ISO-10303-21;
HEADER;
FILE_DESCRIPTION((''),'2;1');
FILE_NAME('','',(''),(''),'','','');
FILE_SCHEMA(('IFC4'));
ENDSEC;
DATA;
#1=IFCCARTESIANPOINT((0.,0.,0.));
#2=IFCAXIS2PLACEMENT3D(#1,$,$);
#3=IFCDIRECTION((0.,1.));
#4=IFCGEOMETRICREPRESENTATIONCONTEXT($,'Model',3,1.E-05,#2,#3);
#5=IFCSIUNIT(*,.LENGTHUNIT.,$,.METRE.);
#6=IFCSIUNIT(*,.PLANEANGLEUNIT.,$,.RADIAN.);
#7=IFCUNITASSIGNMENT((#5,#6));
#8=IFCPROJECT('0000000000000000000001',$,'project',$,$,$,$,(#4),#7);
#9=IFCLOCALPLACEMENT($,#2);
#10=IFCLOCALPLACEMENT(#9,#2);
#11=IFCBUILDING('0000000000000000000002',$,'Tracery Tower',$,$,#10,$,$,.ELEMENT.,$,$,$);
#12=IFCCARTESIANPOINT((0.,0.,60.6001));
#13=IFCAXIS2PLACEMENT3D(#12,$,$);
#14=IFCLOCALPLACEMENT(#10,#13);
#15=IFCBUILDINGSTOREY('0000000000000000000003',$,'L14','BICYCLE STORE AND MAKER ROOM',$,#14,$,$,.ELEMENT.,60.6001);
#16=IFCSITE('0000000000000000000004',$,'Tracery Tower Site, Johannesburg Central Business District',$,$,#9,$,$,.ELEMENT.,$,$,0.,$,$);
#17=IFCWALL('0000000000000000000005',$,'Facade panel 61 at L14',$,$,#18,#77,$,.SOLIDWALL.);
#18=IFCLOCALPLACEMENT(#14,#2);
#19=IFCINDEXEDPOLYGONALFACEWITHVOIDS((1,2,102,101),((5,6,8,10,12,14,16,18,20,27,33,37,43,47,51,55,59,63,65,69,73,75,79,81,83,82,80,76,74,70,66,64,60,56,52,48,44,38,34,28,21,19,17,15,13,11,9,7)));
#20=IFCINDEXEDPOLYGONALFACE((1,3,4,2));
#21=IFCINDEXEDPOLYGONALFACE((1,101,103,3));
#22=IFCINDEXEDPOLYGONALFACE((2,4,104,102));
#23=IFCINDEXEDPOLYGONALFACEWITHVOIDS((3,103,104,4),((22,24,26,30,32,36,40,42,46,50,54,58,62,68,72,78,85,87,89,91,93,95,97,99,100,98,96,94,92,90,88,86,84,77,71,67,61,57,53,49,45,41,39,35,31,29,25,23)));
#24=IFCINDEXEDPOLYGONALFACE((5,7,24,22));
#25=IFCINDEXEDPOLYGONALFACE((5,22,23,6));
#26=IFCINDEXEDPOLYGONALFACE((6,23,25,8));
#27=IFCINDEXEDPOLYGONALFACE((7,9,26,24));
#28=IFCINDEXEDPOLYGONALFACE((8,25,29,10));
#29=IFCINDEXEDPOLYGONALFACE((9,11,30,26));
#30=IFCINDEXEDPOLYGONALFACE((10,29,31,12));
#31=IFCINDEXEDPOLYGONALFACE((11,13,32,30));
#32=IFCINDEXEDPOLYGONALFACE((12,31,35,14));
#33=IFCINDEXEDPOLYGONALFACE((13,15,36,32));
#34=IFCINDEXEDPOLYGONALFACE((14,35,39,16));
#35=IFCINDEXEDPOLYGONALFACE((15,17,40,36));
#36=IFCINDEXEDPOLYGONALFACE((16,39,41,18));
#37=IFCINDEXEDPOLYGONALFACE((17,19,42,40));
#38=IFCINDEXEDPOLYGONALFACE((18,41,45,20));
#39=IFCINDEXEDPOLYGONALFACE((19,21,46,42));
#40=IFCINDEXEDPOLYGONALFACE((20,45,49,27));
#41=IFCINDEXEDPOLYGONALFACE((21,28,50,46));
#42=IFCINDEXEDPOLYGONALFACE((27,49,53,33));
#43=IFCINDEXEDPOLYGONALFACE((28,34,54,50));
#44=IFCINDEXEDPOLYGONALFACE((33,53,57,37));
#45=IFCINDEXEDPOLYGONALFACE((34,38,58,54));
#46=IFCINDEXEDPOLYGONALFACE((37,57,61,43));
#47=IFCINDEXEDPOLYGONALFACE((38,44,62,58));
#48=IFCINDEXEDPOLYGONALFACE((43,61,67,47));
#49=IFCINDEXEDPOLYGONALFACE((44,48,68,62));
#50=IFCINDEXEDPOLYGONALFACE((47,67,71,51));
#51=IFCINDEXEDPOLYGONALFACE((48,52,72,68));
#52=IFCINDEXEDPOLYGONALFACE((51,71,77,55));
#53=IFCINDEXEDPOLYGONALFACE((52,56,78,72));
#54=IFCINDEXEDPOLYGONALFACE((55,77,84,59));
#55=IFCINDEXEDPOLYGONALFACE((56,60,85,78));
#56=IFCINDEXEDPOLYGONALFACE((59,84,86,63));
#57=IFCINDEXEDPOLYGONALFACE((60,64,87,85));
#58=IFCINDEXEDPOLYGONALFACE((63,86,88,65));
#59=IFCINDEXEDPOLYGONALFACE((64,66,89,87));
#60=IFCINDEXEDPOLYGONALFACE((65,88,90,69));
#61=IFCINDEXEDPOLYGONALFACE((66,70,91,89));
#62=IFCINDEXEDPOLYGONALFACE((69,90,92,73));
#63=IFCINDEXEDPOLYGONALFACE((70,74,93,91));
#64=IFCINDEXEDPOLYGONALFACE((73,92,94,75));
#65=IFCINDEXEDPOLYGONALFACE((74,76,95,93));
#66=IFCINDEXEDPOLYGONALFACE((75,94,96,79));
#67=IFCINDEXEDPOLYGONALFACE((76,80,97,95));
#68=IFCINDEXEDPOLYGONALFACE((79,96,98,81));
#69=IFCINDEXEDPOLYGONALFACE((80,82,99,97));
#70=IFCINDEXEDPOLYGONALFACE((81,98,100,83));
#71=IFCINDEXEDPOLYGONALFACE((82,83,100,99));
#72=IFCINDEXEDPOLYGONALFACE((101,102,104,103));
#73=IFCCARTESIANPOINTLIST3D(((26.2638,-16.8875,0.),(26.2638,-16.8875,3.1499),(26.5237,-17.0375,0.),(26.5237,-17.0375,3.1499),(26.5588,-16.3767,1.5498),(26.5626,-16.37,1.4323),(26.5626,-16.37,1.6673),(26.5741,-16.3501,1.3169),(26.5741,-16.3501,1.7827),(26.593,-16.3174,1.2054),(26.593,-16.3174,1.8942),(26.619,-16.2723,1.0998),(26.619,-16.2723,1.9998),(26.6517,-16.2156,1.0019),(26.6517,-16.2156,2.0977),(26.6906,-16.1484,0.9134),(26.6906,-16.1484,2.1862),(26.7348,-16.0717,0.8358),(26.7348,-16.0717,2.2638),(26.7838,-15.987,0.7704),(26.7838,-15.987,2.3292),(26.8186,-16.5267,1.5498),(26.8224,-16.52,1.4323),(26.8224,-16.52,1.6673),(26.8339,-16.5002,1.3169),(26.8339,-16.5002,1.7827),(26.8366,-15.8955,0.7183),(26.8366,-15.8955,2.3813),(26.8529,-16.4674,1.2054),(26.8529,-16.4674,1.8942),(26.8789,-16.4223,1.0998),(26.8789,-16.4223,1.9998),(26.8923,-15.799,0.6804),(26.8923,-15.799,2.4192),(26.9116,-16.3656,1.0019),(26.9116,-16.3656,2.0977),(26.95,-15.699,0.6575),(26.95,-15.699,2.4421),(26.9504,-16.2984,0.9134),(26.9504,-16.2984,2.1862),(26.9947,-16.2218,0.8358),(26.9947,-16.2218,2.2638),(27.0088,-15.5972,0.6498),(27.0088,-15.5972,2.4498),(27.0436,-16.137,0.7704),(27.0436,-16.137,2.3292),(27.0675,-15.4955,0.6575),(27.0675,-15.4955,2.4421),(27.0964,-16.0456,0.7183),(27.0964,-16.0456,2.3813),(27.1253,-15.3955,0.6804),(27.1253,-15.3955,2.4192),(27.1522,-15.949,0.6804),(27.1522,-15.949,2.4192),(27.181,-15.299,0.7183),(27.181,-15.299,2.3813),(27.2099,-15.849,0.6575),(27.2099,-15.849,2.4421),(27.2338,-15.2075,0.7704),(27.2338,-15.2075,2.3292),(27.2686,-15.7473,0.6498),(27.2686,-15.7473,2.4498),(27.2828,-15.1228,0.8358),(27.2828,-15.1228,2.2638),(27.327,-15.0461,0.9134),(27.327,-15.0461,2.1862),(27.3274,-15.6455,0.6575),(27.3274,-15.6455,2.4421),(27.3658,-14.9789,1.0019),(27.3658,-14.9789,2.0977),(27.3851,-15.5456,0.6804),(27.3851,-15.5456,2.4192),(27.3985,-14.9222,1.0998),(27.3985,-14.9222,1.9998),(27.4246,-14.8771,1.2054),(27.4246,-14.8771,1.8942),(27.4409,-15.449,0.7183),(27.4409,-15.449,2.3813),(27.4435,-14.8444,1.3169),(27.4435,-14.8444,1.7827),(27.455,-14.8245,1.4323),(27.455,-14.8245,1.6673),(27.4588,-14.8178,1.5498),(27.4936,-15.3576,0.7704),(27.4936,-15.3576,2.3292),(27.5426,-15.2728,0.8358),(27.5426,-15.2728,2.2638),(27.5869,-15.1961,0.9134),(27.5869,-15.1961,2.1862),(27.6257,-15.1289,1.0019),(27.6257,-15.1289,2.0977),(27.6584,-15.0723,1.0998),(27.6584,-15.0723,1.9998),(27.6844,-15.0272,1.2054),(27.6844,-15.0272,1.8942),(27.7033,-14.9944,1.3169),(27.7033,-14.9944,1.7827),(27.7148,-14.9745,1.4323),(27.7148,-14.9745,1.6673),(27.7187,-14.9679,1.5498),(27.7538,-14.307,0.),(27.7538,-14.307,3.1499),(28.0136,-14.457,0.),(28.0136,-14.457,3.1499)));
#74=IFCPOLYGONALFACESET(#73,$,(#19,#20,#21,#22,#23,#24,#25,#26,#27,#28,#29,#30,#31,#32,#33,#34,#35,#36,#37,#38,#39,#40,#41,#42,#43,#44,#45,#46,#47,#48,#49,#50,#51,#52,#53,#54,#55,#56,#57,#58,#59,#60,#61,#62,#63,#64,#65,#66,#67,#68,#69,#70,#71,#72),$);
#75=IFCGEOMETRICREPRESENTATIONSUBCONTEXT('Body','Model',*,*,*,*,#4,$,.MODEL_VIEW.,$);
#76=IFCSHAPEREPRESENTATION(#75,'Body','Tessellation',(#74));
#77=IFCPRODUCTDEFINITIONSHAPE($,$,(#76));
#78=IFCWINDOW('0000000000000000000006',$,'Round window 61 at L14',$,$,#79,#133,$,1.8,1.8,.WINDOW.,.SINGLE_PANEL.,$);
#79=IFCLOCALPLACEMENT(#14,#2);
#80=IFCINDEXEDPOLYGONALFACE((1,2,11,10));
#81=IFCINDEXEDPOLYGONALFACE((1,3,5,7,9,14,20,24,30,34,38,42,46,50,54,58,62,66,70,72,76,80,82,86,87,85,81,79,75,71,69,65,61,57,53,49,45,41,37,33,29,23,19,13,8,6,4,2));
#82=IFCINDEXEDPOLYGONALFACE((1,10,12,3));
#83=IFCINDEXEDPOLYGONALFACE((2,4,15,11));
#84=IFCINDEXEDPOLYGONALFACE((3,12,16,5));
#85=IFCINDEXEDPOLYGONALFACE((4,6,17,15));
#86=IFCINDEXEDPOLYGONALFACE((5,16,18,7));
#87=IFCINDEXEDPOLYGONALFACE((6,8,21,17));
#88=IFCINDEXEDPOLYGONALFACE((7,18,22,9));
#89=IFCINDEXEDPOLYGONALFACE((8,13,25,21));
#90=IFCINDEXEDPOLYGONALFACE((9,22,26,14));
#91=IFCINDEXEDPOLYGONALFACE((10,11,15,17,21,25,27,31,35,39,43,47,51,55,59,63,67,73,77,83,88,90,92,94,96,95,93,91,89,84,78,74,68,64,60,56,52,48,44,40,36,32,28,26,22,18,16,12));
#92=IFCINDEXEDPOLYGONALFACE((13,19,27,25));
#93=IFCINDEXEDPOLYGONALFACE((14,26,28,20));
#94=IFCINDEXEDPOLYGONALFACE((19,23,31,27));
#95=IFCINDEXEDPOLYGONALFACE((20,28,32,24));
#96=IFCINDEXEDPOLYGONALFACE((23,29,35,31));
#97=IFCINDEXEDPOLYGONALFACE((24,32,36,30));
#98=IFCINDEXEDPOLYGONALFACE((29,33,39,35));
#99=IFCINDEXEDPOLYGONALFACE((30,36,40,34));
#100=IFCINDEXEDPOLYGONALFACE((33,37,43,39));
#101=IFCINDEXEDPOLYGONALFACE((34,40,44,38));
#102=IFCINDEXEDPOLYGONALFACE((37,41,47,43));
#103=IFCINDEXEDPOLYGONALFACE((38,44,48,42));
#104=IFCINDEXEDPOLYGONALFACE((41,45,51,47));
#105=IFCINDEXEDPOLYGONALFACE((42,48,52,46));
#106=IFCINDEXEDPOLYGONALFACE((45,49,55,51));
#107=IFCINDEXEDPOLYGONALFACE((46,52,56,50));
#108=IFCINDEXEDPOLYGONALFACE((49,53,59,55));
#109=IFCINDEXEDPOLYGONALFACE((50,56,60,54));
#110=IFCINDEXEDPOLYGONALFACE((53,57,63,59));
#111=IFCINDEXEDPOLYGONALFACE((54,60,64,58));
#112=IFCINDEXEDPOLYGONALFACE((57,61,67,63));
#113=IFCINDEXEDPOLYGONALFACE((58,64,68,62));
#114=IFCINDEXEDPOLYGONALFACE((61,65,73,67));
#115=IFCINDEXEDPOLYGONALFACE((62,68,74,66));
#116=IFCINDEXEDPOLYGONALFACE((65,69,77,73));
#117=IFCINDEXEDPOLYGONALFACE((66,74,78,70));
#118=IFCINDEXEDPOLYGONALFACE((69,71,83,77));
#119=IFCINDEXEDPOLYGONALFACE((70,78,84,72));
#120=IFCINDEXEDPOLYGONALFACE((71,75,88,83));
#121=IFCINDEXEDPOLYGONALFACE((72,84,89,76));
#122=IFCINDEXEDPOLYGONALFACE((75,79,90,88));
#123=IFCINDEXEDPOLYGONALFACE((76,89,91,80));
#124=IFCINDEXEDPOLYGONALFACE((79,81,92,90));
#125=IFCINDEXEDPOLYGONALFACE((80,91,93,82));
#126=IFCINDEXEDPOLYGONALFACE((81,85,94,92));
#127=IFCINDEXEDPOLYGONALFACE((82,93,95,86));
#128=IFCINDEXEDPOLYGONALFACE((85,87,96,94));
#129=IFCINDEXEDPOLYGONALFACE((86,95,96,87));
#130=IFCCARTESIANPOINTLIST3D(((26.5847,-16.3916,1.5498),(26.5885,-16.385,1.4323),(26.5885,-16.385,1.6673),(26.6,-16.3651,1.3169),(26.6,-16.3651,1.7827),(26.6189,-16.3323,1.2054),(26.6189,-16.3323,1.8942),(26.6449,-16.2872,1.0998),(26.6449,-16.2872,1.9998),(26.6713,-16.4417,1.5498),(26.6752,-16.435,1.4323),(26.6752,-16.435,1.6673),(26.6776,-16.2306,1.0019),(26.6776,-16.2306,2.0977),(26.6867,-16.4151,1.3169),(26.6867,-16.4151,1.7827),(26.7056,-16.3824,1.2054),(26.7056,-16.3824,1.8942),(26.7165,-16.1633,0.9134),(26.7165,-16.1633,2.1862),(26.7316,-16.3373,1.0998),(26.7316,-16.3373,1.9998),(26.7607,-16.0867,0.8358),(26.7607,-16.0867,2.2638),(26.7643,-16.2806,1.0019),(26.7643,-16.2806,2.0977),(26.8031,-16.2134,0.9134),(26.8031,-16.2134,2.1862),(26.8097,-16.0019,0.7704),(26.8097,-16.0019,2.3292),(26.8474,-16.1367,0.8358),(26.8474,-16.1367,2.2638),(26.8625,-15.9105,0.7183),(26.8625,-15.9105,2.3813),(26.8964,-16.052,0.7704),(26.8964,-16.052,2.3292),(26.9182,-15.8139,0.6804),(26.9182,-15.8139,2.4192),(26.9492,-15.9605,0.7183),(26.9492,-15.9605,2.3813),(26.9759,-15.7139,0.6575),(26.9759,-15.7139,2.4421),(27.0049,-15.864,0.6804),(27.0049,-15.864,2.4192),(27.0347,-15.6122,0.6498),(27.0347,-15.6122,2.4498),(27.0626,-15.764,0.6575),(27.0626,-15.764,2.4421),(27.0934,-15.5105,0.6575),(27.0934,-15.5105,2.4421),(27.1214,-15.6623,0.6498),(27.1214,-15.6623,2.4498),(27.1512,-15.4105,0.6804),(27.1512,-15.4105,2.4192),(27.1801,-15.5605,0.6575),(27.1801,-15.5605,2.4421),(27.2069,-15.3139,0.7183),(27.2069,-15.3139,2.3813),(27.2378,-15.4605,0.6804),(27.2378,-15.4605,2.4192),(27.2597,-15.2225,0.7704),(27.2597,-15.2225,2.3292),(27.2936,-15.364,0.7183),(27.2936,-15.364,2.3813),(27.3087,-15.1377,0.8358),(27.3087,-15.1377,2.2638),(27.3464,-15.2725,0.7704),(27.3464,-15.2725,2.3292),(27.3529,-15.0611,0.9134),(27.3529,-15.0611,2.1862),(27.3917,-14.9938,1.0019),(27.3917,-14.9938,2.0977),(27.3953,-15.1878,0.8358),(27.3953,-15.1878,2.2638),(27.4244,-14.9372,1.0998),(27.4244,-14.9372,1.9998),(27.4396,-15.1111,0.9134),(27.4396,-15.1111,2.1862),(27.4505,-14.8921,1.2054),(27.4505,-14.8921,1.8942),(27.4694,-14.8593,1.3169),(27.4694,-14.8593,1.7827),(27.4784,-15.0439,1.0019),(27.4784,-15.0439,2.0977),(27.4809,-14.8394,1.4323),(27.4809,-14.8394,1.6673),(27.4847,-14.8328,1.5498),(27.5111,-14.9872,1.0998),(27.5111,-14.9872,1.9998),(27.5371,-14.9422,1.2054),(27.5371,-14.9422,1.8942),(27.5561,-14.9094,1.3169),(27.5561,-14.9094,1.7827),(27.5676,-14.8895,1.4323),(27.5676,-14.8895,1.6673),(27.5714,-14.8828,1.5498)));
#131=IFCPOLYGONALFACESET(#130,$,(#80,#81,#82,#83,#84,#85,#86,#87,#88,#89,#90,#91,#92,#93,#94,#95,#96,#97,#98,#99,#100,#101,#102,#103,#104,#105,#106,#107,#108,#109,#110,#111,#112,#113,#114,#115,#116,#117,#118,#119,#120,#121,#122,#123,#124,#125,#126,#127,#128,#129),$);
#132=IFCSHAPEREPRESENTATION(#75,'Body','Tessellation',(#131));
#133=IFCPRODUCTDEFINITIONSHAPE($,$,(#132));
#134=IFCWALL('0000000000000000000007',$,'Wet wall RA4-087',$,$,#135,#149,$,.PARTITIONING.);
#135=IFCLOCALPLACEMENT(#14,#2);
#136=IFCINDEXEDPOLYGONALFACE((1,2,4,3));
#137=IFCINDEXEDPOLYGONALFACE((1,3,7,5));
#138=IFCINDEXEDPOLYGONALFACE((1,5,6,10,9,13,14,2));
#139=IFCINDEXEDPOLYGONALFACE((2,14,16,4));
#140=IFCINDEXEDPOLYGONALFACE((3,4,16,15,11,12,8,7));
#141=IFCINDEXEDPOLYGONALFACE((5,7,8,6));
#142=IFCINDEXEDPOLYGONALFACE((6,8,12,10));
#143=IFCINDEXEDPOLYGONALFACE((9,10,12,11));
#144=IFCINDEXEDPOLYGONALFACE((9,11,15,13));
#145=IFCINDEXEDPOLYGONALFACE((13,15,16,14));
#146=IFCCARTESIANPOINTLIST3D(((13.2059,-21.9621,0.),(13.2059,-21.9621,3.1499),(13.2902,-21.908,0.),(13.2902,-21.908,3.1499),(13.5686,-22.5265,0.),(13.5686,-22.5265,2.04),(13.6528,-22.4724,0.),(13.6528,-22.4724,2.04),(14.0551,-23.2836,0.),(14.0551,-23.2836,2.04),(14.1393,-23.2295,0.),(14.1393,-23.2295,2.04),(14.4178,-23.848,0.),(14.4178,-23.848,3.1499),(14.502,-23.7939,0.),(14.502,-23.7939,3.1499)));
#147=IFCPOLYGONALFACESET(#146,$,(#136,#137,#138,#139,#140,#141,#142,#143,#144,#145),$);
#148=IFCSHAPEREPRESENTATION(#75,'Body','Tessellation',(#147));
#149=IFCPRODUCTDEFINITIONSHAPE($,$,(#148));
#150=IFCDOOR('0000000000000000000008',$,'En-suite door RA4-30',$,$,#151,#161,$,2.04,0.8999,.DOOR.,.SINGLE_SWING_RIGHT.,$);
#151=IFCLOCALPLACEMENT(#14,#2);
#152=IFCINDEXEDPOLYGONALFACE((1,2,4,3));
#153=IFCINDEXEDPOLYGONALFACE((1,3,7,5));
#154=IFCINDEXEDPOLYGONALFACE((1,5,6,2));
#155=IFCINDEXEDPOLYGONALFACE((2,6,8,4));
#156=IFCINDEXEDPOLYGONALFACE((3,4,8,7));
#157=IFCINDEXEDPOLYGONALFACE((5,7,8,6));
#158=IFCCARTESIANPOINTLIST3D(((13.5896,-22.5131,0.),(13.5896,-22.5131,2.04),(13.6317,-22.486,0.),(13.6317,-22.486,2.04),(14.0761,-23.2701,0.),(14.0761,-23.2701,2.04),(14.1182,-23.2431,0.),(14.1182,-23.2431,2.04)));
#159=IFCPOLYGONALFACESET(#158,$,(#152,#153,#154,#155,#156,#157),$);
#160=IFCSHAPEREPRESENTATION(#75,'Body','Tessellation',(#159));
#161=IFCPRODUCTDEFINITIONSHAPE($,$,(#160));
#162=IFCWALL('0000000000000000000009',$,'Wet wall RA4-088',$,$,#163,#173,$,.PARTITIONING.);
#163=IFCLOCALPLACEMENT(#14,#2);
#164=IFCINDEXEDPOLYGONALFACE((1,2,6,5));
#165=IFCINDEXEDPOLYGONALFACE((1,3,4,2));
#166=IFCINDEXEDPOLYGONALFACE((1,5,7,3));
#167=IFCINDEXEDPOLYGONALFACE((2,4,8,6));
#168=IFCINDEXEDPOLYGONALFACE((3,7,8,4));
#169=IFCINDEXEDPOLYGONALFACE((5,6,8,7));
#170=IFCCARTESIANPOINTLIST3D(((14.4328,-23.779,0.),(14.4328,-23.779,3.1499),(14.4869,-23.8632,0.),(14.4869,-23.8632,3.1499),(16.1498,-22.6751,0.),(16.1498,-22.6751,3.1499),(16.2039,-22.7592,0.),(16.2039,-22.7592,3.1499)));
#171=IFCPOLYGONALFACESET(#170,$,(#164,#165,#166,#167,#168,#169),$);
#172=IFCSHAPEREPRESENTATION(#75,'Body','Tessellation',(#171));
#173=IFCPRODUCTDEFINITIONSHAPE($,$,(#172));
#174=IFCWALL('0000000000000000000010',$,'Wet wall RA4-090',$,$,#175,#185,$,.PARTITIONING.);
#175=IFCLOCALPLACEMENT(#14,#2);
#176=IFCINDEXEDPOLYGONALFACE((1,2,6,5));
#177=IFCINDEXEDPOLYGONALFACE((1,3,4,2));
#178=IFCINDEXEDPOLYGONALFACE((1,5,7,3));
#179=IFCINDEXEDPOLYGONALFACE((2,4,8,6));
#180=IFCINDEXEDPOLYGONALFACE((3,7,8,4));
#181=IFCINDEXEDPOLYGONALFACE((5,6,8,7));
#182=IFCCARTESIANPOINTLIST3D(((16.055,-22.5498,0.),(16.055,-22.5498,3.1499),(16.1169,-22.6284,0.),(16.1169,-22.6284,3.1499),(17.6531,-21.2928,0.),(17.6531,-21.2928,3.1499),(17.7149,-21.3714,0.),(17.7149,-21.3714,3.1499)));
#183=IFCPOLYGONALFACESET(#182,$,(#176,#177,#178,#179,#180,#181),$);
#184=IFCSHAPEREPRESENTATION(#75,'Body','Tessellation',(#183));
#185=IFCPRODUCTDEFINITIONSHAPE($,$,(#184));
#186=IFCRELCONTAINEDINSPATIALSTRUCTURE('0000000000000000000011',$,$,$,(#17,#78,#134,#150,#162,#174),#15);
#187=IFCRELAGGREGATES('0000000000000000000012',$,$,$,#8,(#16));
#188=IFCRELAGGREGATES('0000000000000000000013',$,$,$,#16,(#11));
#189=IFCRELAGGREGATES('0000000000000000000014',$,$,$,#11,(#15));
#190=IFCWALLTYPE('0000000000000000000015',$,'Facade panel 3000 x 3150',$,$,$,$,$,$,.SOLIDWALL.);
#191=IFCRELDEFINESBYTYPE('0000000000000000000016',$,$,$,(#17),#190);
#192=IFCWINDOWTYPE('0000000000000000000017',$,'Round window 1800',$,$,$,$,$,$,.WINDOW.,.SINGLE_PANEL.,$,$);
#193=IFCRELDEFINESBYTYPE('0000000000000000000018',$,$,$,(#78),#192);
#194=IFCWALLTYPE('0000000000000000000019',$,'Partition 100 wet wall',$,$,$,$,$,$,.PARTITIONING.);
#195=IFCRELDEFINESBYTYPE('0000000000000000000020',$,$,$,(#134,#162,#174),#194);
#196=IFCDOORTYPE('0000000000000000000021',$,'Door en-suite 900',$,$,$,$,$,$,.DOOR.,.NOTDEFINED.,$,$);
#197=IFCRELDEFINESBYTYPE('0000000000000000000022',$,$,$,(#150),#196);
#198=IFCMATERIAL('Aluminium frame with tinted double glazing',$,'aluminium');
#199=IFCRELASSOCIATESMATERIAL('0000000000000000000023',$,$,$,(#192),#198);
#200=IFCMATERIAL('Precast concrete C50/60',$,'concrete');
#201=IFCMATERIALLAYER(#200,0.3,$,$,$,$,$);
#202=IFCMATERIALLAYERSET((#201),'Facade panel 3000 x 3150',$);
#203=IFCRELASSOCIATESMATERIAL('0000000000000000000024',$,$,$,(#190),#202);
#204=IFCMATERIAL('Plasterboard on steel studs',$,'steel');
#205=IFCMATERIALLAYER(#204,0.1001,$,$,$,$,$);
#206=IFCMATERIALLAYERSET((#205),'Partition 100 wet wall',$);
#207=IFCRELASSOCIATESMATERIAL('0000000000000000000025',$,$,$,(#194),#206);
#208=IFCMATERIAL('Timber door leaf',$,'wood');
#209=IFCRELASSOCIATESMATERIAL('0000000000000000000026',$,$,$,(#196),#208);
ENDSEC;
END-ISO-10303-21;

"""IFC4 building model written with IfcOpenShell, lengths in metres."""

from ifc_helpers import new_model, si_unit, direction, frame, frame_2d, origin, origin_2d, place, context, subcontext, project, spatial, rectangle, circle, extrude, material, layer, layer_set, type_object, element, fill, save


model = new_model("IFC4")

# Units and contexts
model_context = context("Model", 3, precision=1e-05, world=origin(), true_north=direction((0.0, 1.0)))
body_context = subcontext(model_context, "Body", "Model", "MODEL_VIEW")
ifc_project = project(units=[si_unit("LENGTHUNIT", "METRE"), si_unit("PLANEANGLEUNIT", "RADIAN")], contexts=[model_context])

# Site, building, storey
site_placement = place(None, origin())
site = spatial("IfcSite", under=ifc_project, at=site_placement, Name="Tracery Tower Site, Johannesburg Central Business District", CompositionType="ELEMENT", RefElevation=0.0)
building_placement = place(site_placement, origin())
building = spatial("IfcBuilding", under=site, at=building_placement, Name="Tracery Tower", CompositionType="ELEMENT")
storey_placement = place(building_placement, frame((0.0, 0.0, 60.6001)))
storey = spatial("IfcBuildingStorey", under=building, at=storey_placement, Name="L14", Description="BICYCLE STORE AND MAKER ROOM", CompositionType="ELEMENT", Elevation=60.6001)

# Wall, opening, window
ifc_material_1 = material(Name="Aluminium frame with tinted double glazing", Category="aluminium")
window_type = type_object("IfcWindowType", Name="Round window 1800", PartitioningType="SINGLE_PANEL", PredefinedType="WINDOW", material=ifc_material_1)
ifc_material_2 = material(Name="Precast concrete C50/60", Category="concrete")
ifc_layer_1 = layer(ifc_material_2, 0.3)
ifc_layer_set_1 = layer_set([ifc_layer_1], Name="Facade panel 3000 x 3150")
wall_type_1 = type_object("IfcWallType", Name="Facade panel 3000 x 3150", PredefinedType="SOLIDWALL", material=ifc_layer_set_1)
wall_1_placement = place(storey_placement, frame((26.3938, -16.9624, 0.0), z_axis=(0.0, 0.0, 1.0), x_axis=(0.500025, 0.866011, 0.0)))
wall_1 = element("IfcWall", 1, at=wall_1_placement, inside=storey, type_object=wall_type_1, Name="Facade panel 61 at L14", PredefinedType="SOLIDWALL", context=body_context, shape_type="SweptSolid", body=[
    extrude(rectangle(XDim=2.9797, YDim=0.3, at=frame_2d((1.4897, 0.0))), origin(), (0.0, 0.0, 1.0), 3.1499),
])
opening_1_placement = place(wall_1_placement, frame((1.4897, 0.0, 1.5498)))
opening_1 = element("IfcOpeningElement", 2, at=opening_1_placement, cuts=wall_1, PredefinedType="OPENING", context=body_context, shape_type="SweptSolid", body=[
    extrude(circle(Radius=0.9, at=origin_2d()), frame((0.0, 0.1599, 0.0), z_axis=(0.0, -1.0, 0.0), x_axis=(1.0, 0.0, 0.0)), (0.0, 0.0, 1.0), 0.3201),
])
window_1_placement = place(opening_1_placement, origin())
window_1 = element("IfcWindow", 3, at=window_1_placement, inside=storey, type_object=window_type, Name="Round window 61 at L14", OverallHeight=1.8, OverallWidth=1.8, PartitioningType="SINGLE_PANEL", PredefinedType="WINDOW", context=body_context, shape_type="SweptSolid", body=[
    extrude(circle(Radius=0.9, at=origin_2d()), frame((0.0, 0.1201, 0.0), z_axis=(0.0, -1.0, 0.0), x_axis=(1.0, 0.0, 0.0)), (0.0, 0.0, 1.0), 0.1001),
])
fill(opening_1, window_1)

# Wall, opening, door
ifc_material_3 = material(Name="Plasterboard on steel studs", Category="steel")
ifc_layer_2 = layer(ifc_material_3, 0.1001)
ifc_layer_set_2 = layer_set([ifc_layer_2], Name="Partition 100 wet wall")
wall_type_2 = type_object("IfcWallType", Name="Partition 100 wet wall", PredefinedType="PARTITIONING", material=ifc_layer_set_2)
wall_2_placement = place(storey_placement, frame((13.248, -21.9351, 0.0), z_axis=(0.0, 0.0, 1.0), x_axis=(0.540598, -0.841281, 0.0)))
wall_2 = element("IfcWall", 4, at=wall_2_placement, inside=storey, type_object=wall_type_2, Name="Wet wall RA4-087", PredefinedType="PARTITIONING", context=body_context, shape_type="SweptSolid", body=[
    extrude(rectangle(XDim=2.2417, YDim=0.1001, at=frame_2d((1.1208, 0.0))), origin(), (0.0, 0.0, 1.0), 3.1499),
])
opening_2_placement = place(wall_2_placement, frame((0.6709, 0.0, 0.0)))
opening_2 = element("IfcOpeningElement", 5, at=opening_2_placement, cuts=wall_2, PredefinedType="OPENING", context=body_context, shape_type="SweptSolid", body=[
    extrude(rectangle(XDim=0.8999, YDim=2.04, at=frame_2d((0.45, 1.02))), frame((0.0, 0.05, 0.0), z_axis=(0.0, -1.0, 0.0), x_axis=(1.0, 0.0, 0.0)), (0.0, 0.0, 1.0), 0.1001),
])
ifc_material_4 = material(Name="Timber door leaf", Category="wood")
door_type_1 = type_object("IfcDoorType", Name="Door en-suite 900", OperationType="NOTDEFINED", PredefinedType="DOOR", material=ifc_material_4)
door_1_placement = place(opening_2_placement, origin())
door_1 = element("IfcDoor", 6, at=door_1_placement, inside=storey, type_object=door_type_1, Name="En-suite door RA4-30", OperationType="SINGLE_SWING_RIGHT", OverallHeight=2.04, OverallWidth=0.8999, PredefinedType="DOOR", context=body_context, shape_type="SweptSolid", body=[
    extrude(rectangle(XDim=0.8999, YDim=2.04, at=frame_2d((0.45, 1.02))), frame((0.0, 0.0249, 0.0), z_axis=(0.0, -1.0, 0.0), x_axis=(1.0, 0.0, 0.0)), (0.0, 0.0, 1.0), 0.05),
])
fill(opening_2, door_1)

# Walls
wall_3_placement = place(storey_placement, frame((14.46, -23.821, 0.0), z_axis=(0.0, 0.0, 1.0), x_axis=(0.841136, 0.540824, 0.0)))
element("IfcWall", 7, at=wall_3_placement, inside=storey, type_object=wall_type_2, Name="Wet wall RA4-088", PredefinedType="PARTITIONING", context=body_context, shape_type="SweptSolid", body=[
    extrude(rectangle(XDim=2.0413, YDim=0.1001, at=frame_2d((1.0205, 0.0))), origin(), (0.0, 0.0, 1.0), 3.1499),
])
wall_4_placement = place(storey_placement, frame((16.0859, -22.5891, 0.0), z_axis=(0.0, 0.0, 1.0), x_axis=(0.785985, 0.618246, 0.0)))
element("IfcWall", 8, at=wall_4_placement, inside=storey, type_object=wall_type_2, Name="Wet wall RA4-090", PredefinedType="PARTITIONING", context=body_context, shape_type="SweptSolid", body=[
    extrude(rectangle(XDim=2.0332, YDim=0.1001, at=frame_2d((1.0166, 0.0))), origin(), (0.0, 0.0, 1.0), 3.1499),
])

save(model, "model.ifc")
